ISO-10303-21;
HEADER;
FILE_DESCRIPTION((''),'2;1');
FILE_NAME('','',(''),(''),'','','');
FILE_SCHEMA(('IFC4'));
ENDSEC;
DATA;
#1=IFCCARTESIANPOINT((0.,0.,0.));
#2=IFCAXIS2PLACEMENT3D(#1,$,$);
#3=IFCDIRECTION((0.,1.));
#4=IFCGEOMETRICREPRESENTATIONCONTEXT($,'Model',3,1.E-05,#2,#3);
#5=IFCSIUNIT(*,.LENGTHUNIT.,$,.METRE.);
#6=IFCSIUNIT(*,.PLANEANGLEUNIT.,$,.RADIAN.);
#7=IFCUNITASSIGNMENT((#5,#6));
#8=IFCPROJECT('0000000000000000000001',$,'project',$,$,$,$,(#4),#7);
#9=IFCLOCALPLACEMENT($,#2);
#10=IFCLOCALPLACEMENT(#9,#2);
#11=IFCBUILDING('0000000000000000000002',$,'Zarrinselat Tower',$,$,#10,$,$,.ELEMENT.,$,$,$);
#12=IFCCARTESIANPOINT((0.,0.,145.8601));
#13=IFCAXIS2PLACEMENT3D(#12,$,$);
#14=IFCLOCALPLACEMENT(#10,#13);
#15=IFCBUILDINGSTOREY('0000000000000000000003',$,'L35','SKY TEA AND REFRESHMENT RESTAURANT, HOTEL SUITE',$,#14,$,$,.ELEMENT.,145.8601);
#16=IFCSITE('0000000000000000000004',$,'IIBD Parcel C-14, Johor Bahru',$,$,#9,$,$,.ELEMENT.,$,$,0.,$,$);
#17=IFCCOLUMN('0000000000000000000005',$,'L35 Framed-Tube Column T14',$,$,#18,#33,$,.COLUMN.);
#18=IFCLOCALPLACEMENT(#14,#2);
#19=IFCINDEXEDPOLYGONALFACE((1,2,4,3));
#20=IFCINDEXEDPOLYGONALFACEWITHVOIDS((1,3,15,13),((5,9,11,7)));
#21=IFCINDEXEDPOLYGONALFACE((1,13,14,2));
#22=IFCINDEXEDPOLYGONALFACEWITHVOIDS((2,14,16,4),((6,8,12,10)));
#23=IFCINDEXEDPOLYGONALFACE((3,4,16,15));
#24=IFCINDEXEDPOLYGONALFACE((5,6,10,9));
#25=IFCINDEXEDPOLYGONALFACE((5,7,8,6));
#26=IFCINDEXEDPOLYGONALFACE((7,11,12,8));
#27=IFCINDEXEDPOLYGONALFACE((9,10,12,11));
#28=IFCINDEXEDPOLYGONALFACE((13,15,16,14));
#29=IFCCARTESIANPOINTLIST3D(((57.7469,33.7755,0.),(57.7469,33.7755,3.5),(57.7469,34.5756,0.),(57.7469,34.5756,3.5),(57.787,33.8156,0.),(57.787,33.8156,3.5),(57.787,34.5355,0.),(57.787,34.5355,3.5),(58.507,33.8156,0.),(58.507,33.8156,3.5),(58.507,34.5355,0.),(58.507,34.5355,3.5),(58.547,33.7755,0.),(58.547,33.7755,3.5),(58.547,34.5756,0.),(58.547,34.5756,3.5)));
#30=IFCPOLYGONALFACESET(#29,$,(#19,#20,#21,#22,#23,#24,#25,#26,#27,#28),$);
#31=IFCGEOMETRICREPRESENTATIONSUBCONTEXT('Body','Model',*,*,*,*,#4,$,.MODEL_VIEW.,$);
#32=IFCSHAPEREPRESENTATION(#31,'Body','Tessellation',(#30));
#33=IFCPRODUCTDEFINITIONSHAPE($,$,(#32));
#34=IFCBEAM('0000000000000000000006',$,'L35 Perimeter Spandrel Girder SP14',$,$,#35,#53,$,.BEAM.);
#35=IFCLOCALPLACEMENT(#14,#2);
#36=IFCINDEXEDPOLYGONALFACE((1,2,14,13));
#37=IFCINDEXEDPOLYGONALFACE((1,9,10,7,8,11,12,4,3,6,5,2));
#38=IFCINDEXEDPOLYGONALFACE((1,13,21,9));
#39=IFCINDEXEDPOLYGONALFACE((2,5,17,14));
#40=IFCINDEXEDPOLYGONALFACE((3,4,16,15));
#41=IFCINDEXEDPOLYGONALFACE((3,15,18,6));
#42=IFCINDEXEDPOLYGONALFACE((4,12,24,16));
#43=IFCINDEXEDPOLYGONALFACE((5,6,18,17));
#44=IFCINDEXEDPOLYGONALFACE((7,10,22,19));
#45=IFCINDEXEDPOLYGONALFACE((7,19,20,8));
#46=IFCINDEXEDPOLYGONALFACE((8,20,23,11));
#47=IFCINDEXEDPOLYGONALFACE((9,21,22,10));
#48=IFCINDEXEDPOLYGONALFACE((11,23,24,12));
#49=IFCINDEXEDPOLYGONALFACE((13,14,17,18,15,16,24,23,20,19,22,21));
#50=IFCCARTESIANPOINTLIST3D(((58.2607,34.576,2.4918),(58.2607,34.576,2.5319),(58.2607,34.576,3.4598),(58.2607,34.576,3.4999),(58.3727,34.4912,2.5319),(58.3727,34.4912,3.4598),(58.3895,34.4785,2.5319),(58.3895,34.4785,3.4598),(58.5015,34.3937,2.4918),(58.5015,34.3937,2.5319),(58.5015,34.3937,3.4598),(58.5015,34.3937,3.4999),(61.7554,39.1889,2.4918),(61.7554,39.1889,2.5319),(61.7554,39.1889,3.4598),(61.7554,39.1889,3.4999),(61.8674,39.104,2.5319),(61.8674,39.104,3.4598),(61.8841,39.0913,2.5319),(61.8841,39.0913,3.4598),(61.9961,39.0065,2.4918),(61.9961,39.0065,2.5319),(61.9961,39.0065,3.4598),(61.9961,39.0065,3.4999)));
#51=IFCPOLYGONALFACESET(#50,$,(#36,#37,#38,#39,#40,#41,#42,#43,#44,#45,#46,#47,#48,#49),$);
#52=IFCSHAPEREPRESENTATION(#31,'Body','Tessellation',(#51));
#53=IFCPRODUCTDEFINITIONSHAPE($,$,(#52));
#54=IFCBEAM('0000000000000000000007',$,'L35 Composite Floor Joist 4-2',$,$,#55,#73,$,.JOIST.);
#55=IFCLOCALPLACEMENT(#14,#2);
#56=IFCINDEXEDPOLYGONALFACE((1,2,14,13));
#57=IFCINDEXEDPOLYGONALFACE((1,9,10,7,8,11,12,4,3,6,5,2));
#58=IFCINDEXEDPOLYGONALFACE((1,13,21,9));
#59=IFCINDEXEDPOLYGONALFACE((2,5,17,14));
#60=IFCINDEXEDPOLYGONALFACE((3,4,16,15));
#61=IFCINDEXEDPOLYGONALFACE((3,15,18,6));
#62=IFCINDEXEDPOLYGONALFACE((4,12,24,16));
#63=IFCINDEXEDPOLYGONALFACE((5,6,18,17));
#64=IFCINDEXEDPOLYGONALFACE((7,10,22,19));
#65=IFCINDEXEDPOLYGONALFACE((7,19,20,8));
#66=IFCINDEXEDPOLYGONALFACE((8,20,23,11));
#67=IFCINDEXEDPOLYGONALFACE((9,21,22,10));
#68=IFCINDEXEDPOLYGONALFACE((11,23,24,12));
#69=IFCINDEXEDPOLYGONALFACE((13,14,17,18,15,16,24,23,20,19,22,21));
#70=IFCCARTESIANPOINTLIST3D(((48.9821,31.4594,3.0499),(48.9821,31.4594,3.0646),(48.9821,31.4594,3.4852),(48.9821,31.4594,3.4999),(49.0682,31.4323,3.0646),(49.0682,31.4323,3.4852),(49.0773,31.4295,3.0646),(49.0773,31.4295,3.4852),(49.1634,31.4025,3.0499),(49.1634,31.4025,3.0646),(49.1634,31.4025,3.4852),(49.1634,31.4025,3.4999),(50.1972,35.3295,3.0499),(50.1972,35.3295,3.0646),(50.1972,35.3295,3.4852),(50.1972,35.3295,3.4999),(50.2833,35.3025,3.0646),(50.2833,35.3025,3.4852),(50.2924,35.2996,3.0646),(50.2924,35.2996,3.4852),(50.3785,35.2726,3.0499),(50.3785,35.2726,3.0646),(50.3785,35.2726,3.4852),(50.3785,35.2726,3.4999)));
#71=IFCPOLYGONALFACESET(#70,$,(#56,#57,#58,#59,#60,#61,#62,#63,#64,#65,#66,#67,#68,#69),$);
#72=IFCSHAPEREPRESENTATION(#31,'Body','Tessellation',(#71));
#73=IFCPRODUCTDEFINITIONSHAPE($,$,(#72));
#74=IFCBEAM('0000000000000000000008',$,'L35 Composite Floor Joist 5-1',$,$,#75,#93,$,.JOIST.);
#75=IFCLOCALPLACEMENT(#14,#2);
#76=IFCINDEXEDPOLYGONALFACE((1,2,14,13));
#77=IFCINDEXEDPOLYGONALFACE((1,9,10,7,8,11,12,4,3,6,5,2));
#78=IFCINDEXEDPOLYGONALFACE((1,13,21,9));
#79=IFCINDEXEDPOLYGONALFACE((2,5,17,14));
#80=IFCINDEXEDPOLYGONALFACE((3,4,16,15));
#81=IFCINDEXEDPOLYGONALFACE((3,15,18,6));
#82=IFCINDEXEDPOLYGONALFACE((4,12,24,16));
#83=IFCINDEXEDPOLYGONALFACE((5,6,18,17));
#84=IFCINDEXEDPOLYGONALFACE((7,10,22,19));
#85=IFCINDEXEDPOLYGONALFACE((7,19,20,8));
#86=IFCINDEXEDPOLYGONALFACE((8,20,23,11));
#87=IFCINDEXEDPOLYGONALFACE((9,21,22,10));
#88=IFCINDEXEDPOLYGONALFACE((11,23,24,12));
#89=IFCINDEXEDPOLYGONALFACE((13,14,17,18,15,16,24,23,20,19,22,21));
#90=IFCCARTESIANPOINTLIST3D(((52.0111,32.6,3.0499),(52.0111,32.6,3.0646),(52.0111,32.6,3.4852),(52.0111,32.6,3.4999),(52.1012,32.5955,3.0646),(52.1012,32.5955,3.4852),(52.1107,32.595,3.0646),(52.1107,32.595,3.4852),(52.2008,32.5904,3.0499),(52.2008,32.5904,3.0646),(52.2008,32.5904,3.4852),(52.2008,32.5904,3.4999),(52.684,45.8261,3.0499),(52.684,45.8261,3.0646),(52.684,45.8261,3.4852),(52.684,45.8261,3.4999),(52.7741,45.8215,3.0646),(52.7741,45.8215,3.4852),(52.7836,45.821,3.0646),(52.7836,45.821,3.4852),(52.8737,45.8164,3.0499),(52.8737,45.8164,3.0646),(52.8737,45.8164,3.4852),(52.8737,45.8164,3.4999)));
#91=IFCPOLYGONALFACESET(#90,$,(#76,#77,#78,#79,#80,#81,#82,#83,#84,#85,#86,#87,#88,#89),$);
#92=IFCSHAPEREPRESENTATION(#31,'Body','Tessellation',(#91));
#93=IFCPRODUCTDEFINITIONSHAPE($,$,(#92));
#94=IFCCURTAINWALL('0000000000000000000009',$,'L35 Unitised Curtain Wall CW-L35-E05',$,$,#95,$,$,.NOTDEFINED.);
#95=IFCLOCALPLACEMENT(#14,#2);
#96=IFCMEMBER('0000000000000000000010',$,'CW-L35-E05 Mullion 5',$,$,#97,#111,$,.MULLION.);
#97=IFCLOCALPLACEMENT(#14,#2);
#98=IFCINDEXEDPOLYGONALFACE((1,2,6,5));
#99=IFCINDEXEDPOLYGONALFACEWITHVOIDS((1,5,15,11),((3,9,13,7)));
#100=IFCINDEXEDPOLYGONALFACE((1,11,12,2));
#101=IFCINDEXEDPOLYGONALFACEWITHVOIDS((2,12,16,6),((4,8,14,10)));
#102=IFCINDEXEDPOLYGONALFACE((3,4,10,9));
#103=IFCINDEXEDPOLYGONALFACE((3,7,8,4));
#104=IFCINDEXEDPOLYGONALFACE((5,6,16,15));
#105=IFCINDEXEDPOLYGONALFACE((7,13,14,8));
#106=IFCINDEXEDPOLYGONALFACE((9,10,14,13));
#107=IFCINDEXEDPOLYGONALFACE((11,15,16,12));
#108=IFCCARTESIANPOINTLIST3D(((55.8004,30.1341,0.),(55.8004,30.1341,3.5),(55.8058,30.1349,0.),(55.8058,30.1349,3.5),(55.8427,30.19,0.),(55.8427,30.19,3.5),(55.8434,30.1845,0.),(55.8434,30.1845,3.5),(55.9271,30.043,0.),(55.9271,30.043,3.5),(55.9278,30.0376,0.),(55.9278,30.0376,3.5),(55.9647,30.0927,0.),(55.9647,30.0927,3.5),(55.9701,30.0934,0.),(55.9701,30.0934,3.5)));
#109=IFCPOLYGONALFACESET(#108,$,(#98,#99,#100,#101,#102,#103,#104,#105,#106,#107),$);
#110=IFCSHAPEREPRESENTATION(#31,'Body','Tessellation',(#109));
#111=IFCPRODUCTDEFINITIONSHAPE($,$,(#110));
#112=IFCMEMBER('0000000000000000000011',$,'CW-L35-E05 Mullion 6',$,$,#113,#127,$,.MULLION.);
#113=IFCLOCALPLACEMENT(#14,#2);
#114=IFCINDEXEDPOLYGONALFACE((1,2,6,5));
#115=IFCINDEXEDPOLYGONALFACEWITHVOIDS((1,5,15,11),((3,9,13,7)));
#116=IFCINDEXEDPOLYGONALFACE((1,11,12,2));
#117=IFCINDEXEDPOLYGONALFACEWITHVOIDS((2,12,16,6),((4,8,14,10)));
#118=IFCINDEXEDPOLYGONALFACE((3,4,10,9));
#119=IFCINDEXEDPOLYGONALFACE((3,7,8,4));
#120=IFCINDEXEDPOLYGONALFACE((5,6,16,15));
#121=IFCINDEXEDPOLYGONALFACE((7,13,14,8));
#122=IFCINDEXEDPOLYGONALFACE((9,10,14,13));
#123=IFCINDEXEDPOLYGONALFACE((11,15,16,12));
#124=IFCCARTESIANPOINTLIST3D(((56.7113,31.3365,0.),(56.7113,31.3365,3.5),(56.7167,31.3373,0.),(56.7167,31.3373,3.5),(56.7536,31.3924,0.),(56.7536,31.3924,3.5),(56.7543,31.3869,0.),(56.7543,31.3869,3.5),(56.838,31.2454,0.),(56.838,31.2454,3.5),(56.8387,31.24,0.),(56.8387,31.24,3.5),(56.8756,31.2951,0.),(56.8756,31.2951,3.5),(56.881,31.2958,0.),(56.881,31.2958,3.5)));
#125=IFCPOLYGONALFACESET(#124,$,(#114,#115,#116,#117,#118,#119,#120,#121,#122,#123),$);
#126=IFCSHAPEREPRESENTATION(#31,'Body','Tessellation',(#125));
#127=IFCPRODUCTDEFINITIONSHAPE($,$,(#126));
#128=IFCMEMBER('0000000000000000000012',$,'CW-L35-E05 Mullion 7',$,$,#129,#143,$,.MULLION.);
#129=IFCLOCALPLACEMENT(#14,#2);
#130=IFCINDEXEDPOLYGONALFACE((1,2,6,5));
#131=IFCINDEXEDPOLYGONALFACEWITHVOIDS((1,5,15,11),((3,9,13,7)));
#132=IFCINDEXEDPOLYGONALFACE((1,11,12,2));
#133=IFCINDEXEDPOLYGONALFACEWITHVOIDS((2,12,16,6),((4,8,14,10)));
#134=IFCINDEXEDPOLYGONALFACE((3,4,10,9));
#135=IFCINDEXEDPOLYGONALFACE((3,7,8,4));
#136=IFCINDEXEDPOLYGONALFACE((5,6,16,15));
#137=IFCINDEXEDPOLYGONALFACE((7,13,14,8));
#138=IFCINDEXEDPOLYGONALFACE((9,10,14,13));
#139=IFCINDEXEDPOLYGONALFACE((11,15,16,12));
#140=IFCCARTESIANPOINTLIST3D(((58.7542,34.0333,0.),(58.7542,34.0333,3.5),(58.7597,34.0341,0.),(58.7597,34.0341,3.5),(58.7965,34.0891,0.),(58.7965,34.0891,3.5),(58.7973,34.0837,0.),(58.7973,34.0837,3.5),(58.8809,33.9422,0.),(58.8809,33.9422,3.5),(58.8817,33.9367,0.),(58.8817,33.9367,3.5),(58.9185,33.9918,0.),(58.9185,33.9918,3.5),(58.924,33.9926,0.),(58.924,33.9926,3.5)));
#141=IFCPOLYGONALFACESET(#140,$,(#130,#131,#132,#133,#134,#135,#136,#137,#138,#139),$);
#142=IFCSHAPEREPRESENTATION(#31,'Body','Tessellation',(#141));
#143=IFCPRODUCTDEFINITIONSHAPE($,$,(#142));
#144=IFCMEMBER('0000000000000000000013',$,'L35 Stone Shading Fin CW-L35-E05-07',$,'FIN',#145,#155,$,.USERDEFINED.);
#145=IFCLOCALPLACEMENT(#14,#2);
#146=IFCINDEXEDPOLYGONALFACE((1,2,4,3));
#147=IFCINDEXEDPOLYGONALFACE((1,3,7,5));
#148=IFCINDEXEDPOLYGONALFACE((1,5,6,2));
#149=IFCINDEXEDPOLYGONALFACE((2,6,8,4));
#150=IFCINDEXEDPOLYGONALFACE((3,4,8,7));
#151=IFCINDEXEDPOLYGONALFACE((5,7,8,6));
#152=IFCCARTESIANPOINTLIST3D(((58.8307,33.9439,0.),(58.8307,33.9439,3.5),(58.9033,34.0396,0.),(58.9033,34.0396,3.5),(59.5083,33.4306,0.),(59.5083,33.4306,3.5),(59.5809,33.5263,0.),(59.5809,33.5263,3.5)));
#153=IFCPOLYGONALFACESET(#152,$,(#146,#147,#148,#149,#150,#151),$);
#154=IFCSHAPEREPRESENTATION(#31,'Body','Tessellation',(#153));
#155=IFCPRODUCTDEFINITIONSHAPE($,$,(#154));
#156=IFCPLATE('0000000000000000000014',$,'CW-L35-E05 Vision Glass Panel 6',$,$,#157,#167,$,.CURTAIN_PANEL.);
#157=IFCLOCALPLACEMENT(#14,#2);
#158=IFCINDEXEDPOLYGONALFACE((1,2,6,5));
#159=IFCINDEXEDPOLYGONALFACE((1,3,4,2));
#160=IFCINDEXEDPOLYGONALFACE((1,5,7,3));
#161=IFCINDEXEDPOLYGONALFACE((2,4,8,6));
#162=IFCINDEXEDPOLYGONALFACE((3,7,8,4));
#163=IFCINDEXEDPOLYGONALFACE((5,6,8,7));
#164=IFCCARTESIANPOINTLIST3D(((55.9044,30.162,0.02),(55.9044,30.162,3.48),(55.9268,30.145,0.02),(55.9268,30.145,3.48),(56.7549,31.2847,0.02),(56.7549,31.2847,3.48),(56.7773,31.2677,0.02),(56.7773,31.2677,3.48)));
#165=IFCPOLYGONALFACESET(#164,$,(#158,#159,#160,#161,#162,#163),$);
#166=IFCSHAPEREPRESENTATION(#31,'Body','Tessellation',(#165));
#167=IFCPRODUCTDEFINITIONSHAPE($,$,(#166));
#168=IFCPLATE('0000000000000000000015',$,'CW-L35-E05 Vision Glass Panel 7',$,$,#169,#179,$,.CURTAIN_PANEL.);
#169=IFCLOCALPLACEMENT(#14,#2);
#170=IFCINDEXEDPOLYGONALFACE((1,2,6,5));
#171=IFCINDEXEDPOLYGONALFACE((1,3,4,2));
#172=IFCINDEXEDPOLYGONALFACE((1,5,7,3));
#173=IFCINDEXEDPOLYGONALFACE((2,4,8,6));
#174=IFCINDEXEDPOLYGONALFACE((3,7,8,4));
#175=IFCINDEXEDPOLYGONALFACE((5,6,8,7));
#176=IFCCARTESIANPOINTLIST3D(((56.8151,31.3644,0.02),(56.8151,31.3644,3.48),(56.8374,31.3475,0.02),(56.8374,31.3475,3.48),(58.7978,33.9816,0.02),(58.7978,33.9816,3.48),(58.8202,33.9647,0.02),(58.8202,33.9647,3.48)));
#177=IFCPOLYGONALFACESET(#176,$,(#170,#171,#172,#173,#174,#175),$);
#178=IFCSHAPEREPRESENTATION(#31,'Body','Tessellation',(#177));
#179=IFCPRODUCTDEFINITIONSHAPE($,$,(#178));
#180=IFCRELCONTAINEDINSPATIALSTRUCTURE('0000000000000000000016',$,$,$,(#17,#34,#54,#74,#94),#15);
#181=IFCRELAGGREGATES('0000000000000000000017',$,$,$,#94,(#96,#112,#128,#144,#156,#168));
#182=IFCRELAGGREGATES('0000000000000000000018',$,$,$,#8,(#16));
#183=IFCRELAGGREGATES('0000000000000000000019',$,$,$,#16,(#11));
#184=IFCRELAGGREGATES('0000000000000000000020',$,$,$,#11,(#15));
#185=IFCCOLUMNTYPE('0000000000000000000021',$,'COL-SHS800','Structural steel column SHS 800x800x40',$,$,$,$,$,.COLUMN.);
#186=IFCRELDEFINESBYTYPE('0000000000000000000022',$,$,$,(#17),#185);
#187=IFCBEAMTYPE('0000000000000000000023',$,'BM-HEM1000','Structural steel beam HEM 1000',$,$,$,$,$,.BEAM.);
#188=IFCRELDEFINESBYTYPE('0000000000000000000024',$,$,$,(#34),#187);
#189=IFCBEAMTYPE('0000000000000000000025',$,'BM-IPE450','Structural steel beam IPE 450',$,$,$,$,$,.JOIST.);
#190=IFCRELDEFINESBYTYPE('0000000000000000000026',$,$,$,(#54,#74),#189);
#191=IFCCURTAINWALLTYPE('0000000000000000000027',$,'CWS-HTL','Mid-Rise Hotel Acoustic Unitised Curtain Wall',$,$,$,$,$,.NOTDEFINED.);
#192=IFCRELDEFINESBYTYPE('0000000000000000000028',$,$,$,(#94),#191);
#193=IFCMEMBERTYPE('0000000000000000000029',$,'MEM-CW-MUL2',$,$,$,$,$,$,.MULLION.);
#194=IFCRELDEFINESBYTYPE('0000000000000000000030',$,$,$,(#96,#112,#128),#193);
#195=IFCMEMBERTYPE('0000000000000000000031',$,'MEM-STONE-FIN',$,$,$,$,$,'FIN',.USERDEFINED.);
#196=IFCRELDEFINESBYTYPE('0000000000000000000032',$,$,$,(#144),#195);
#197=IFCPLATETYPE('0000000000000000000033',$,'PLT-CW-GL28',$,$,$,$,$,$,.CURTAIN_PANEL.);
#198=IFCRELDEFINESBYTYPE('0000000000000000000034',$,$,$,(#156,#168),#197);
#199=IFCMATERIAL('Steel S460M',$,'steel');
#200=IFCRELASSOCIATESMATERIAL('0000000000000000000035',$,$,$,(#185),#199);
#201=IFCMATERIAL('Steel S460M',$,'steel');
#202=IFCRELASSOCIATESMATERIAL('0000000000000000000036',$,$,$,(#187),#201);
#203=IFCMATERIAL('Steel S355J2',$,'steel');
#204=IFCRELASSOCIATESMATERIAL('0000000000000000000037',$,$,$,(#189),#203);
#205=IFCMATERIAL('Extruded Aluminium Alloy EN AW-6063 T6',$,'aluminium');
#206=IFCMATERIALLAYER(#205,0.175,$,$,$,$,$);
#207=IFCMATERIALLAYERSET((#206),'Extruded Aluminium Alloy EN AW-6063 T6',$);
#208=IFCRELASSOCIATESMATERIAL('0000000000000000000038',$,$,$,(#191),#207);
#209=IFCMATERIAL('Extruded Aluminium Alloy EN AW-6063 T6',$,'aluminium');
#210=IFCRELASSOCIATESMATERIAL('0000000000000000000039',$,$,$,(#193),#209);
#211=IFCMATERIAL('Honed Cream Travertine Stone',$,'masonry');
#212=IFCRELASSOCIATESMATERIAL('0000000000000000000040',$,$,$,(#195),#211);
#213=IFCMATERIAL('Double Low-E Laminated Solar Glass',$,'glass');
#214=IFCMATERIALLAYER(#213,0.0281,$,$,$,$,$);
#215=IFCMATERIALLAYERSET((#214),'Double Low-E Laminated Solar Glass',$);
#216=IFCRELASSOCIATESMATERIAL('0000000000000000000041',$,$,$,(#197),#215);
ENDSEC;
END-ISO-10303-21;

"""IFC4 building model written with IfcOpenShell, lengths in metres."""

from ifc_helpers import new_model, si_unit, direction, frame, origin, origin_2d, place, context, subcontext, project, spatial, rectangle, hollow_rectangle, i_section, extrude, material, layer, layer_set, material_profile, profile_set, type_object, element, aggregate, save


model = new_model("IFC4")

# Units and contexts
model_context = context("Model", 3, precision=1e-05, world=origin(), true_north=direction((0.0, 1.0)))
body_context = subcontext(model_context, "Body", "Model", "MODEL_VIEW")
ifc_project = project(units=[si_unit("LENGTHUNIT", "METRE"), si_unit("PLANEANGLEUNIT", "RADIAN")], contexts=[model_context])

# Site, building, storey
site_placement = place(None, origin())
site = spatial("IfcSite", under=ifc_project, at=site_placement, Name="IIBD Parcel C-14, Johor Bahru", CompositionType="ELEMENT", RefElevation=0.0)
building_placement = place(site_placement, origin())
building = spatial("IfcBuilding", under=site, at=building_placement, Name="Zarrinselat Tower", CompositionType="ELEMENT")
storey_placement = place(building_placement, frame((0.0, 0.0, 145.8601)))
storey = spatial("IfcBuildingStorey", under=building, at=storey_placement, Name="L35", Description="SKY TEA AND REFRESHMENT RESTAURANT, HOTEL SUITE", CompositionType="ELEMENT", Elevation=145.8601)

# Column
ifc_material_1 = material(Name="Steel S460M", Category="steel")
ifc_material_profile_1 = material_profile(ifc_material_1, hollow_rectangle(XDim=0.8, YDim=0.8, WallThickness=0.04, at=origin_2d()), Name="SHS 800x800x40")
ifc_profile_set_1 = profile_set([ifc_material_profile_1], Name="Steel S460M")
column_type = type_object("IfcColumnType", Name="COL-SHS800", Description="Structural steel column SHS 800x800x40", PredefinedType="COLUMN", material=ifc_profile_set_1)
column_placement = place(storey_placement, frame((58.147, 34.1755, 0.0), z_axis=(0.0, 0.0, 1.0), x_axis=(1.0, 0.0, 0.0)))
element("IfcColumn", 1, at=column_placement, inside=storey, type_object=column_type, Name="L35 Framed-Tube Column T14", PredefinedType="COLUMN", context=body_context, shape_type="SweptSolid", body=[
    extrude(hollow_rectangle(XDim=0.8, YDim=0.8, WallThickness=0.04, at=origin_2d()), origin(), (0.0, 0.0, 1.0), 3.5),
])

# Beams
ifc_material_2 = material(Name="Steel S460M", Category="steel")
ifc_material_profile_2 = material_profile(ifc_material_2, i_section(OverallWidth=0.302, OverallDepth=1.0081, WebThickness=0.021, FlangeThickness=0.04, at=origin_2d()), Name="HEM 1000")
ifc_profile_set_2 = profile_set([ifc_material_profile_2], Name="Steel S460M")
beam_type_1 = type_object("IfcBeamType", Name="BM-HEM1000", Description="Structural steel beam HEM 1000", PredefinedType="BEAM", material=ifc_profile_set_2)
beam_1_placement = place(storey_placement, frame((58.3811, 34.4849, 2.9958), z_axis=(0.603867, 0.797085, 0.0), x_axis=(-0.797085, 0.603867, 0.0)))
element("IfcBeam", 2, at=beam_1_placement, inside=storey, type_object=beam_type_1, Name="L35 Perimeter Spandrel Girder SP14", PredefinedType="BEAM", context=body_context, shape_type="SweptSolid", body=[
    extrude(i_section(OverallWidth=0.302, OverallDepth=1.0081, WebThickness=0.021, FlangeThickness=0.04, at=origin_2d()), origin(), (0.0, 0.0, 1.0), 5.7871),
])
ifc_material_3 = material(Name="Steel S355J2", Category="steel")
ifc_material_profile_3 = material_profile(ifc_material_3, i_section(OverallWidth=0.1899, OverallDepth=0.45, WebThickness=0.0095, FlangeThickness=0.0146, at=origin_2d()), Name="IPE 450")
ifc_profile_set_3 = profile_set([ifc_material_profile_3], Name="Steel S355J2")
beam_type_2 = type_object("IfcBeamType", Name="BM-IPE450", Description="Structural steel beam IPE 450", PredefinedType="JOIST", material=ifc_profile_set_3)
beam_2_placement = place(storey_placement, frame((49.0728, 31.4309, 3.2749), z_axis=(0.29955, 0.954081, 0.0), x_axis=(-0.954081, 0.29955, 0.0)))
element("IfcBeam", 3, at=beam_2_placement, inside=storey, type_object=beam_type_2, Name="L35 Composite Floor Joist 4-2", PredefinedType="JOIST", context=body_context, shape_type="SweptSolid", body=[
    extrude(i_section(OverallWidth=0.1899, OverallDepth=0.45, WebThickness=0.0095, FlangeThickness=0.0146, at=origin_2d()), origin(), (0.0, 0.0, 1.0), 4.0564),
])
beam_3_placement = place(storey_placement, frame((52.106, 32.5952, 3.2749), z_axis=(0.050807, 0.998708, 0.0), x_axis=(-0.998708, 0.050807, 0.0)))
element("IfcBeam", 4, at=beam_3_placement, inside=storey, type_object=beam_type_2, Name="L35 Composite Floor Joist 5-1", PredefinedType="JOIST", context=body_context, shape_type="SweptSolid", body=[
    extrude(i_section(OverallWidth=0.1899, OverallDepth=0.45, WebThickness=0.0095, FlangeThickness=0.0146, at=origin_2d()), origin(), (0.0, 0.0, 1.0), 13.2432),
])

# Curtain wall, members, plates
ifc_material_4 = material(Name="Extruded Aluminium Alloy EN AW-6063 T6", Category="aluminium")
ifc_layer_1 = layer(ifc_material_4, 0.175)
ifc_layer_set_1 = layer_set([ifc_layer_1], Name="Extruded Aluminium Alloy EN AW-6063 T6")
curtain_wall_type = type_object("IfcCurtainWallType", Name="CWS-HTL", Description="Mid-Rise Hotel Acoustic Unitised Curtain Wall", PredefinedType="NOTDEFINED", material=ifc_layer_set_1)
curtain_wall_placement = place(storey_placement, origin())
curtain_wall = element("IfcCurtainWall", 5, at=curtain_wall_placement, inside=storey, type_object=curtain_wall_type, Name="L35 Unitised Curtain Wall CW-L35-E05", PredefinedType="NOTDEFINED")
ifc_material_5 = material(Name="Extruded Aluminium Alloy EN AW-6063 T6", Category="aluminium")
ifc_material_profile_4 = material_profile(ifc_material_5, hollow_rectangle(XDim=0.0701, YDim=0.1599, WallThickness=0.0039, at=origin_2d()), Name="RHS 160x70x4")
ifc_profile_set_4 = profile_set([ifc_material_profile_4], Name="Extruded Aluminium Alloy EN AW-6063 T6")
member_type_1 = type_object("IfcMemberType", Name="MEM-CW-MUL2", PredefinedType="MULLION", material=ifc_profile_set_4)
member_1_placement = place(storey_placement, frame((55.8853, 30.1138, 0.0), z_axis=(0.0, 0.0, 1.0), x_axis=(0.603858, 0.797092, 0.0)))
member_1 = element("IfcMember", 6, at=member_1_placement, type_object=member_type_1, Name="CW-L35-E05 Mullion 5", PredefinedType="MULLION", context=body_context, shape_type="SweptSolid", body=[
    extrude(hollow_rectangle(XDim=0.0701, YDim=0.1599, WallThickness=0.0039, at=origin_2d()), origin(), (0.0, 0.0, 1.0), 3.5),
])
member_2_placement = place(storey_placement, frame((56.7961, 31.3162, 0.0), z_axis=(0.0, 0.0, 1.0), x_axis=(0.603858, 0.797092, 0.0)))
member_2 = element("IfcMember", 7, at=member_2_placement, type_object=member_type_1, Name="CW-L35-E05 Mullion 6", PredefinedType="MULLION", context=body_context, shape_type="SweptSolid", body=[
    extrude(hollow_rectangle(XDim=0.0701, YDim=0.1599, WallThickness=0.0039, at=origin_2d()), origin(), (0.0, 0.0, 1.0), 3.5),
])
member_3_placement = place(storey_placement, frame((58.8391, 34.0129, 0.0), z_axis=(0.0, 0.0, 1.0), x_axis=(0.603858, 0.797092, 0.0)))
member_3 = element("IfcMember", 8, at=member_3_placement, type_object=member_type_1, Name="CW-L35-E05 Mullion 7", PredefinedType="MULLION", context=body_context, shape_type="SweptSolid", body=[
    extrude(hollow_rectangle(XDim=0.0701, YDim=0.1599, WallThickness=0.0039, at=origin_2d()), origin(), (0.0, 0.0, 1.0), 3.5),
])
ifc_material_6 = material(Name="Honed Cream Travertine Stone", Category="masonry")
ifc_material_profile_5 = material_profile(ifc_material_6, rectangle(XDim=0.1201, YDim=0.8501, at=origin_2d()), Name="FIN 850x120")
ifc_profile_set_5 = profile_set([ifc_material_profile_5], Name="Honed Cream Travertine Stone")
member_type_2 = type_object("IfcMemberType", Name="MEM-STONE-FIN", ElementType="FIN", PredefinedType="USERDEFINED", material=ifc_profile_set_5)
member_4_placement = place(storey_placement, frame((59.2058, 33.7351, 0.0), z_axis=(0.0, 0.0, 1.0), x_axis=(-0.603858, -0.797092, 0.0)))
member_4 = element("IfcMember", 9, at=member_4_placement, type_object=member_type_2, Name="L35 Stone Shading Fin CW-L35-E05-07", ObjectType="FIN", PredefinedType="USERDEFINED", context=body_context, shape_type="SweptSolid", body=[
    extrude(rectangle(XDim=0.1201, YDim=0.8501, at=origin_2d()), origin(), (0.0, 0.0, 1.0), 3.5),
])
ifc_material_7 = material(Name="Double Low-E Laminated Solar Glass", Category="glass")
ifc_layer_2 = layer(ifc_material_7, 0.0281)
ifc_layer_set_2 = layer_set([ifc_layer_2], Name="Double Low-E Laminated Solar Glass")
plate_type = type_object("IfcPlateType", Name="PLT-CW-GL28", PredefinedType="CURTAIN_PANEL", material=ifc_layer_set_2)
plate_1_placement = place(storey_placement, frame((56.3408, 30.7148, 0.02), z_axis=(0.0, 0.0, 1.0), x_axis=(0.603858, 0.797092, 0.0)))
plate_1 = element("IfcPlate", 10, at=plate_1_placement, type_object=plate_type, Name="CW-L35-E05 Vision Glass Panel 6", PredefinedType="CURTAIN_PANEL", context=body_context, shape_type="SweptSolid", body=[
    extrude(rectangle(XDim=1.4084, YDim=0.0281, at=origin_2d()), origin(), (0.0, 0.0, 1.0), 3.46),
])
plate_2_placement = place(storey_placement, frame((57.8176, 32.6646, 0.02), z_axis=(0.0, 0.0, 1.0), x_axis=(0.603858, 0.797092, 0.0)))
plate_2 = element("IfcPlate", 11, at=plate_2_placement, type_object=plate_type, Name="CW-L35-E05 Vision Glass Panel 7", PredefinedType="CURTAIN_PANEL", context=body_context, shape_type="SweptSolid", body=[
    extrude(rectangle(XDim=3.2834, YDim=0.0281, at=origin_2d()), origin(), (0.0, 0.0, 1.0), 3.46),
])
aggregate(curtain_wall, [member_1, member_2, member_3, member_4, plate_1, plate_2])

save(model, "model.ifc")
